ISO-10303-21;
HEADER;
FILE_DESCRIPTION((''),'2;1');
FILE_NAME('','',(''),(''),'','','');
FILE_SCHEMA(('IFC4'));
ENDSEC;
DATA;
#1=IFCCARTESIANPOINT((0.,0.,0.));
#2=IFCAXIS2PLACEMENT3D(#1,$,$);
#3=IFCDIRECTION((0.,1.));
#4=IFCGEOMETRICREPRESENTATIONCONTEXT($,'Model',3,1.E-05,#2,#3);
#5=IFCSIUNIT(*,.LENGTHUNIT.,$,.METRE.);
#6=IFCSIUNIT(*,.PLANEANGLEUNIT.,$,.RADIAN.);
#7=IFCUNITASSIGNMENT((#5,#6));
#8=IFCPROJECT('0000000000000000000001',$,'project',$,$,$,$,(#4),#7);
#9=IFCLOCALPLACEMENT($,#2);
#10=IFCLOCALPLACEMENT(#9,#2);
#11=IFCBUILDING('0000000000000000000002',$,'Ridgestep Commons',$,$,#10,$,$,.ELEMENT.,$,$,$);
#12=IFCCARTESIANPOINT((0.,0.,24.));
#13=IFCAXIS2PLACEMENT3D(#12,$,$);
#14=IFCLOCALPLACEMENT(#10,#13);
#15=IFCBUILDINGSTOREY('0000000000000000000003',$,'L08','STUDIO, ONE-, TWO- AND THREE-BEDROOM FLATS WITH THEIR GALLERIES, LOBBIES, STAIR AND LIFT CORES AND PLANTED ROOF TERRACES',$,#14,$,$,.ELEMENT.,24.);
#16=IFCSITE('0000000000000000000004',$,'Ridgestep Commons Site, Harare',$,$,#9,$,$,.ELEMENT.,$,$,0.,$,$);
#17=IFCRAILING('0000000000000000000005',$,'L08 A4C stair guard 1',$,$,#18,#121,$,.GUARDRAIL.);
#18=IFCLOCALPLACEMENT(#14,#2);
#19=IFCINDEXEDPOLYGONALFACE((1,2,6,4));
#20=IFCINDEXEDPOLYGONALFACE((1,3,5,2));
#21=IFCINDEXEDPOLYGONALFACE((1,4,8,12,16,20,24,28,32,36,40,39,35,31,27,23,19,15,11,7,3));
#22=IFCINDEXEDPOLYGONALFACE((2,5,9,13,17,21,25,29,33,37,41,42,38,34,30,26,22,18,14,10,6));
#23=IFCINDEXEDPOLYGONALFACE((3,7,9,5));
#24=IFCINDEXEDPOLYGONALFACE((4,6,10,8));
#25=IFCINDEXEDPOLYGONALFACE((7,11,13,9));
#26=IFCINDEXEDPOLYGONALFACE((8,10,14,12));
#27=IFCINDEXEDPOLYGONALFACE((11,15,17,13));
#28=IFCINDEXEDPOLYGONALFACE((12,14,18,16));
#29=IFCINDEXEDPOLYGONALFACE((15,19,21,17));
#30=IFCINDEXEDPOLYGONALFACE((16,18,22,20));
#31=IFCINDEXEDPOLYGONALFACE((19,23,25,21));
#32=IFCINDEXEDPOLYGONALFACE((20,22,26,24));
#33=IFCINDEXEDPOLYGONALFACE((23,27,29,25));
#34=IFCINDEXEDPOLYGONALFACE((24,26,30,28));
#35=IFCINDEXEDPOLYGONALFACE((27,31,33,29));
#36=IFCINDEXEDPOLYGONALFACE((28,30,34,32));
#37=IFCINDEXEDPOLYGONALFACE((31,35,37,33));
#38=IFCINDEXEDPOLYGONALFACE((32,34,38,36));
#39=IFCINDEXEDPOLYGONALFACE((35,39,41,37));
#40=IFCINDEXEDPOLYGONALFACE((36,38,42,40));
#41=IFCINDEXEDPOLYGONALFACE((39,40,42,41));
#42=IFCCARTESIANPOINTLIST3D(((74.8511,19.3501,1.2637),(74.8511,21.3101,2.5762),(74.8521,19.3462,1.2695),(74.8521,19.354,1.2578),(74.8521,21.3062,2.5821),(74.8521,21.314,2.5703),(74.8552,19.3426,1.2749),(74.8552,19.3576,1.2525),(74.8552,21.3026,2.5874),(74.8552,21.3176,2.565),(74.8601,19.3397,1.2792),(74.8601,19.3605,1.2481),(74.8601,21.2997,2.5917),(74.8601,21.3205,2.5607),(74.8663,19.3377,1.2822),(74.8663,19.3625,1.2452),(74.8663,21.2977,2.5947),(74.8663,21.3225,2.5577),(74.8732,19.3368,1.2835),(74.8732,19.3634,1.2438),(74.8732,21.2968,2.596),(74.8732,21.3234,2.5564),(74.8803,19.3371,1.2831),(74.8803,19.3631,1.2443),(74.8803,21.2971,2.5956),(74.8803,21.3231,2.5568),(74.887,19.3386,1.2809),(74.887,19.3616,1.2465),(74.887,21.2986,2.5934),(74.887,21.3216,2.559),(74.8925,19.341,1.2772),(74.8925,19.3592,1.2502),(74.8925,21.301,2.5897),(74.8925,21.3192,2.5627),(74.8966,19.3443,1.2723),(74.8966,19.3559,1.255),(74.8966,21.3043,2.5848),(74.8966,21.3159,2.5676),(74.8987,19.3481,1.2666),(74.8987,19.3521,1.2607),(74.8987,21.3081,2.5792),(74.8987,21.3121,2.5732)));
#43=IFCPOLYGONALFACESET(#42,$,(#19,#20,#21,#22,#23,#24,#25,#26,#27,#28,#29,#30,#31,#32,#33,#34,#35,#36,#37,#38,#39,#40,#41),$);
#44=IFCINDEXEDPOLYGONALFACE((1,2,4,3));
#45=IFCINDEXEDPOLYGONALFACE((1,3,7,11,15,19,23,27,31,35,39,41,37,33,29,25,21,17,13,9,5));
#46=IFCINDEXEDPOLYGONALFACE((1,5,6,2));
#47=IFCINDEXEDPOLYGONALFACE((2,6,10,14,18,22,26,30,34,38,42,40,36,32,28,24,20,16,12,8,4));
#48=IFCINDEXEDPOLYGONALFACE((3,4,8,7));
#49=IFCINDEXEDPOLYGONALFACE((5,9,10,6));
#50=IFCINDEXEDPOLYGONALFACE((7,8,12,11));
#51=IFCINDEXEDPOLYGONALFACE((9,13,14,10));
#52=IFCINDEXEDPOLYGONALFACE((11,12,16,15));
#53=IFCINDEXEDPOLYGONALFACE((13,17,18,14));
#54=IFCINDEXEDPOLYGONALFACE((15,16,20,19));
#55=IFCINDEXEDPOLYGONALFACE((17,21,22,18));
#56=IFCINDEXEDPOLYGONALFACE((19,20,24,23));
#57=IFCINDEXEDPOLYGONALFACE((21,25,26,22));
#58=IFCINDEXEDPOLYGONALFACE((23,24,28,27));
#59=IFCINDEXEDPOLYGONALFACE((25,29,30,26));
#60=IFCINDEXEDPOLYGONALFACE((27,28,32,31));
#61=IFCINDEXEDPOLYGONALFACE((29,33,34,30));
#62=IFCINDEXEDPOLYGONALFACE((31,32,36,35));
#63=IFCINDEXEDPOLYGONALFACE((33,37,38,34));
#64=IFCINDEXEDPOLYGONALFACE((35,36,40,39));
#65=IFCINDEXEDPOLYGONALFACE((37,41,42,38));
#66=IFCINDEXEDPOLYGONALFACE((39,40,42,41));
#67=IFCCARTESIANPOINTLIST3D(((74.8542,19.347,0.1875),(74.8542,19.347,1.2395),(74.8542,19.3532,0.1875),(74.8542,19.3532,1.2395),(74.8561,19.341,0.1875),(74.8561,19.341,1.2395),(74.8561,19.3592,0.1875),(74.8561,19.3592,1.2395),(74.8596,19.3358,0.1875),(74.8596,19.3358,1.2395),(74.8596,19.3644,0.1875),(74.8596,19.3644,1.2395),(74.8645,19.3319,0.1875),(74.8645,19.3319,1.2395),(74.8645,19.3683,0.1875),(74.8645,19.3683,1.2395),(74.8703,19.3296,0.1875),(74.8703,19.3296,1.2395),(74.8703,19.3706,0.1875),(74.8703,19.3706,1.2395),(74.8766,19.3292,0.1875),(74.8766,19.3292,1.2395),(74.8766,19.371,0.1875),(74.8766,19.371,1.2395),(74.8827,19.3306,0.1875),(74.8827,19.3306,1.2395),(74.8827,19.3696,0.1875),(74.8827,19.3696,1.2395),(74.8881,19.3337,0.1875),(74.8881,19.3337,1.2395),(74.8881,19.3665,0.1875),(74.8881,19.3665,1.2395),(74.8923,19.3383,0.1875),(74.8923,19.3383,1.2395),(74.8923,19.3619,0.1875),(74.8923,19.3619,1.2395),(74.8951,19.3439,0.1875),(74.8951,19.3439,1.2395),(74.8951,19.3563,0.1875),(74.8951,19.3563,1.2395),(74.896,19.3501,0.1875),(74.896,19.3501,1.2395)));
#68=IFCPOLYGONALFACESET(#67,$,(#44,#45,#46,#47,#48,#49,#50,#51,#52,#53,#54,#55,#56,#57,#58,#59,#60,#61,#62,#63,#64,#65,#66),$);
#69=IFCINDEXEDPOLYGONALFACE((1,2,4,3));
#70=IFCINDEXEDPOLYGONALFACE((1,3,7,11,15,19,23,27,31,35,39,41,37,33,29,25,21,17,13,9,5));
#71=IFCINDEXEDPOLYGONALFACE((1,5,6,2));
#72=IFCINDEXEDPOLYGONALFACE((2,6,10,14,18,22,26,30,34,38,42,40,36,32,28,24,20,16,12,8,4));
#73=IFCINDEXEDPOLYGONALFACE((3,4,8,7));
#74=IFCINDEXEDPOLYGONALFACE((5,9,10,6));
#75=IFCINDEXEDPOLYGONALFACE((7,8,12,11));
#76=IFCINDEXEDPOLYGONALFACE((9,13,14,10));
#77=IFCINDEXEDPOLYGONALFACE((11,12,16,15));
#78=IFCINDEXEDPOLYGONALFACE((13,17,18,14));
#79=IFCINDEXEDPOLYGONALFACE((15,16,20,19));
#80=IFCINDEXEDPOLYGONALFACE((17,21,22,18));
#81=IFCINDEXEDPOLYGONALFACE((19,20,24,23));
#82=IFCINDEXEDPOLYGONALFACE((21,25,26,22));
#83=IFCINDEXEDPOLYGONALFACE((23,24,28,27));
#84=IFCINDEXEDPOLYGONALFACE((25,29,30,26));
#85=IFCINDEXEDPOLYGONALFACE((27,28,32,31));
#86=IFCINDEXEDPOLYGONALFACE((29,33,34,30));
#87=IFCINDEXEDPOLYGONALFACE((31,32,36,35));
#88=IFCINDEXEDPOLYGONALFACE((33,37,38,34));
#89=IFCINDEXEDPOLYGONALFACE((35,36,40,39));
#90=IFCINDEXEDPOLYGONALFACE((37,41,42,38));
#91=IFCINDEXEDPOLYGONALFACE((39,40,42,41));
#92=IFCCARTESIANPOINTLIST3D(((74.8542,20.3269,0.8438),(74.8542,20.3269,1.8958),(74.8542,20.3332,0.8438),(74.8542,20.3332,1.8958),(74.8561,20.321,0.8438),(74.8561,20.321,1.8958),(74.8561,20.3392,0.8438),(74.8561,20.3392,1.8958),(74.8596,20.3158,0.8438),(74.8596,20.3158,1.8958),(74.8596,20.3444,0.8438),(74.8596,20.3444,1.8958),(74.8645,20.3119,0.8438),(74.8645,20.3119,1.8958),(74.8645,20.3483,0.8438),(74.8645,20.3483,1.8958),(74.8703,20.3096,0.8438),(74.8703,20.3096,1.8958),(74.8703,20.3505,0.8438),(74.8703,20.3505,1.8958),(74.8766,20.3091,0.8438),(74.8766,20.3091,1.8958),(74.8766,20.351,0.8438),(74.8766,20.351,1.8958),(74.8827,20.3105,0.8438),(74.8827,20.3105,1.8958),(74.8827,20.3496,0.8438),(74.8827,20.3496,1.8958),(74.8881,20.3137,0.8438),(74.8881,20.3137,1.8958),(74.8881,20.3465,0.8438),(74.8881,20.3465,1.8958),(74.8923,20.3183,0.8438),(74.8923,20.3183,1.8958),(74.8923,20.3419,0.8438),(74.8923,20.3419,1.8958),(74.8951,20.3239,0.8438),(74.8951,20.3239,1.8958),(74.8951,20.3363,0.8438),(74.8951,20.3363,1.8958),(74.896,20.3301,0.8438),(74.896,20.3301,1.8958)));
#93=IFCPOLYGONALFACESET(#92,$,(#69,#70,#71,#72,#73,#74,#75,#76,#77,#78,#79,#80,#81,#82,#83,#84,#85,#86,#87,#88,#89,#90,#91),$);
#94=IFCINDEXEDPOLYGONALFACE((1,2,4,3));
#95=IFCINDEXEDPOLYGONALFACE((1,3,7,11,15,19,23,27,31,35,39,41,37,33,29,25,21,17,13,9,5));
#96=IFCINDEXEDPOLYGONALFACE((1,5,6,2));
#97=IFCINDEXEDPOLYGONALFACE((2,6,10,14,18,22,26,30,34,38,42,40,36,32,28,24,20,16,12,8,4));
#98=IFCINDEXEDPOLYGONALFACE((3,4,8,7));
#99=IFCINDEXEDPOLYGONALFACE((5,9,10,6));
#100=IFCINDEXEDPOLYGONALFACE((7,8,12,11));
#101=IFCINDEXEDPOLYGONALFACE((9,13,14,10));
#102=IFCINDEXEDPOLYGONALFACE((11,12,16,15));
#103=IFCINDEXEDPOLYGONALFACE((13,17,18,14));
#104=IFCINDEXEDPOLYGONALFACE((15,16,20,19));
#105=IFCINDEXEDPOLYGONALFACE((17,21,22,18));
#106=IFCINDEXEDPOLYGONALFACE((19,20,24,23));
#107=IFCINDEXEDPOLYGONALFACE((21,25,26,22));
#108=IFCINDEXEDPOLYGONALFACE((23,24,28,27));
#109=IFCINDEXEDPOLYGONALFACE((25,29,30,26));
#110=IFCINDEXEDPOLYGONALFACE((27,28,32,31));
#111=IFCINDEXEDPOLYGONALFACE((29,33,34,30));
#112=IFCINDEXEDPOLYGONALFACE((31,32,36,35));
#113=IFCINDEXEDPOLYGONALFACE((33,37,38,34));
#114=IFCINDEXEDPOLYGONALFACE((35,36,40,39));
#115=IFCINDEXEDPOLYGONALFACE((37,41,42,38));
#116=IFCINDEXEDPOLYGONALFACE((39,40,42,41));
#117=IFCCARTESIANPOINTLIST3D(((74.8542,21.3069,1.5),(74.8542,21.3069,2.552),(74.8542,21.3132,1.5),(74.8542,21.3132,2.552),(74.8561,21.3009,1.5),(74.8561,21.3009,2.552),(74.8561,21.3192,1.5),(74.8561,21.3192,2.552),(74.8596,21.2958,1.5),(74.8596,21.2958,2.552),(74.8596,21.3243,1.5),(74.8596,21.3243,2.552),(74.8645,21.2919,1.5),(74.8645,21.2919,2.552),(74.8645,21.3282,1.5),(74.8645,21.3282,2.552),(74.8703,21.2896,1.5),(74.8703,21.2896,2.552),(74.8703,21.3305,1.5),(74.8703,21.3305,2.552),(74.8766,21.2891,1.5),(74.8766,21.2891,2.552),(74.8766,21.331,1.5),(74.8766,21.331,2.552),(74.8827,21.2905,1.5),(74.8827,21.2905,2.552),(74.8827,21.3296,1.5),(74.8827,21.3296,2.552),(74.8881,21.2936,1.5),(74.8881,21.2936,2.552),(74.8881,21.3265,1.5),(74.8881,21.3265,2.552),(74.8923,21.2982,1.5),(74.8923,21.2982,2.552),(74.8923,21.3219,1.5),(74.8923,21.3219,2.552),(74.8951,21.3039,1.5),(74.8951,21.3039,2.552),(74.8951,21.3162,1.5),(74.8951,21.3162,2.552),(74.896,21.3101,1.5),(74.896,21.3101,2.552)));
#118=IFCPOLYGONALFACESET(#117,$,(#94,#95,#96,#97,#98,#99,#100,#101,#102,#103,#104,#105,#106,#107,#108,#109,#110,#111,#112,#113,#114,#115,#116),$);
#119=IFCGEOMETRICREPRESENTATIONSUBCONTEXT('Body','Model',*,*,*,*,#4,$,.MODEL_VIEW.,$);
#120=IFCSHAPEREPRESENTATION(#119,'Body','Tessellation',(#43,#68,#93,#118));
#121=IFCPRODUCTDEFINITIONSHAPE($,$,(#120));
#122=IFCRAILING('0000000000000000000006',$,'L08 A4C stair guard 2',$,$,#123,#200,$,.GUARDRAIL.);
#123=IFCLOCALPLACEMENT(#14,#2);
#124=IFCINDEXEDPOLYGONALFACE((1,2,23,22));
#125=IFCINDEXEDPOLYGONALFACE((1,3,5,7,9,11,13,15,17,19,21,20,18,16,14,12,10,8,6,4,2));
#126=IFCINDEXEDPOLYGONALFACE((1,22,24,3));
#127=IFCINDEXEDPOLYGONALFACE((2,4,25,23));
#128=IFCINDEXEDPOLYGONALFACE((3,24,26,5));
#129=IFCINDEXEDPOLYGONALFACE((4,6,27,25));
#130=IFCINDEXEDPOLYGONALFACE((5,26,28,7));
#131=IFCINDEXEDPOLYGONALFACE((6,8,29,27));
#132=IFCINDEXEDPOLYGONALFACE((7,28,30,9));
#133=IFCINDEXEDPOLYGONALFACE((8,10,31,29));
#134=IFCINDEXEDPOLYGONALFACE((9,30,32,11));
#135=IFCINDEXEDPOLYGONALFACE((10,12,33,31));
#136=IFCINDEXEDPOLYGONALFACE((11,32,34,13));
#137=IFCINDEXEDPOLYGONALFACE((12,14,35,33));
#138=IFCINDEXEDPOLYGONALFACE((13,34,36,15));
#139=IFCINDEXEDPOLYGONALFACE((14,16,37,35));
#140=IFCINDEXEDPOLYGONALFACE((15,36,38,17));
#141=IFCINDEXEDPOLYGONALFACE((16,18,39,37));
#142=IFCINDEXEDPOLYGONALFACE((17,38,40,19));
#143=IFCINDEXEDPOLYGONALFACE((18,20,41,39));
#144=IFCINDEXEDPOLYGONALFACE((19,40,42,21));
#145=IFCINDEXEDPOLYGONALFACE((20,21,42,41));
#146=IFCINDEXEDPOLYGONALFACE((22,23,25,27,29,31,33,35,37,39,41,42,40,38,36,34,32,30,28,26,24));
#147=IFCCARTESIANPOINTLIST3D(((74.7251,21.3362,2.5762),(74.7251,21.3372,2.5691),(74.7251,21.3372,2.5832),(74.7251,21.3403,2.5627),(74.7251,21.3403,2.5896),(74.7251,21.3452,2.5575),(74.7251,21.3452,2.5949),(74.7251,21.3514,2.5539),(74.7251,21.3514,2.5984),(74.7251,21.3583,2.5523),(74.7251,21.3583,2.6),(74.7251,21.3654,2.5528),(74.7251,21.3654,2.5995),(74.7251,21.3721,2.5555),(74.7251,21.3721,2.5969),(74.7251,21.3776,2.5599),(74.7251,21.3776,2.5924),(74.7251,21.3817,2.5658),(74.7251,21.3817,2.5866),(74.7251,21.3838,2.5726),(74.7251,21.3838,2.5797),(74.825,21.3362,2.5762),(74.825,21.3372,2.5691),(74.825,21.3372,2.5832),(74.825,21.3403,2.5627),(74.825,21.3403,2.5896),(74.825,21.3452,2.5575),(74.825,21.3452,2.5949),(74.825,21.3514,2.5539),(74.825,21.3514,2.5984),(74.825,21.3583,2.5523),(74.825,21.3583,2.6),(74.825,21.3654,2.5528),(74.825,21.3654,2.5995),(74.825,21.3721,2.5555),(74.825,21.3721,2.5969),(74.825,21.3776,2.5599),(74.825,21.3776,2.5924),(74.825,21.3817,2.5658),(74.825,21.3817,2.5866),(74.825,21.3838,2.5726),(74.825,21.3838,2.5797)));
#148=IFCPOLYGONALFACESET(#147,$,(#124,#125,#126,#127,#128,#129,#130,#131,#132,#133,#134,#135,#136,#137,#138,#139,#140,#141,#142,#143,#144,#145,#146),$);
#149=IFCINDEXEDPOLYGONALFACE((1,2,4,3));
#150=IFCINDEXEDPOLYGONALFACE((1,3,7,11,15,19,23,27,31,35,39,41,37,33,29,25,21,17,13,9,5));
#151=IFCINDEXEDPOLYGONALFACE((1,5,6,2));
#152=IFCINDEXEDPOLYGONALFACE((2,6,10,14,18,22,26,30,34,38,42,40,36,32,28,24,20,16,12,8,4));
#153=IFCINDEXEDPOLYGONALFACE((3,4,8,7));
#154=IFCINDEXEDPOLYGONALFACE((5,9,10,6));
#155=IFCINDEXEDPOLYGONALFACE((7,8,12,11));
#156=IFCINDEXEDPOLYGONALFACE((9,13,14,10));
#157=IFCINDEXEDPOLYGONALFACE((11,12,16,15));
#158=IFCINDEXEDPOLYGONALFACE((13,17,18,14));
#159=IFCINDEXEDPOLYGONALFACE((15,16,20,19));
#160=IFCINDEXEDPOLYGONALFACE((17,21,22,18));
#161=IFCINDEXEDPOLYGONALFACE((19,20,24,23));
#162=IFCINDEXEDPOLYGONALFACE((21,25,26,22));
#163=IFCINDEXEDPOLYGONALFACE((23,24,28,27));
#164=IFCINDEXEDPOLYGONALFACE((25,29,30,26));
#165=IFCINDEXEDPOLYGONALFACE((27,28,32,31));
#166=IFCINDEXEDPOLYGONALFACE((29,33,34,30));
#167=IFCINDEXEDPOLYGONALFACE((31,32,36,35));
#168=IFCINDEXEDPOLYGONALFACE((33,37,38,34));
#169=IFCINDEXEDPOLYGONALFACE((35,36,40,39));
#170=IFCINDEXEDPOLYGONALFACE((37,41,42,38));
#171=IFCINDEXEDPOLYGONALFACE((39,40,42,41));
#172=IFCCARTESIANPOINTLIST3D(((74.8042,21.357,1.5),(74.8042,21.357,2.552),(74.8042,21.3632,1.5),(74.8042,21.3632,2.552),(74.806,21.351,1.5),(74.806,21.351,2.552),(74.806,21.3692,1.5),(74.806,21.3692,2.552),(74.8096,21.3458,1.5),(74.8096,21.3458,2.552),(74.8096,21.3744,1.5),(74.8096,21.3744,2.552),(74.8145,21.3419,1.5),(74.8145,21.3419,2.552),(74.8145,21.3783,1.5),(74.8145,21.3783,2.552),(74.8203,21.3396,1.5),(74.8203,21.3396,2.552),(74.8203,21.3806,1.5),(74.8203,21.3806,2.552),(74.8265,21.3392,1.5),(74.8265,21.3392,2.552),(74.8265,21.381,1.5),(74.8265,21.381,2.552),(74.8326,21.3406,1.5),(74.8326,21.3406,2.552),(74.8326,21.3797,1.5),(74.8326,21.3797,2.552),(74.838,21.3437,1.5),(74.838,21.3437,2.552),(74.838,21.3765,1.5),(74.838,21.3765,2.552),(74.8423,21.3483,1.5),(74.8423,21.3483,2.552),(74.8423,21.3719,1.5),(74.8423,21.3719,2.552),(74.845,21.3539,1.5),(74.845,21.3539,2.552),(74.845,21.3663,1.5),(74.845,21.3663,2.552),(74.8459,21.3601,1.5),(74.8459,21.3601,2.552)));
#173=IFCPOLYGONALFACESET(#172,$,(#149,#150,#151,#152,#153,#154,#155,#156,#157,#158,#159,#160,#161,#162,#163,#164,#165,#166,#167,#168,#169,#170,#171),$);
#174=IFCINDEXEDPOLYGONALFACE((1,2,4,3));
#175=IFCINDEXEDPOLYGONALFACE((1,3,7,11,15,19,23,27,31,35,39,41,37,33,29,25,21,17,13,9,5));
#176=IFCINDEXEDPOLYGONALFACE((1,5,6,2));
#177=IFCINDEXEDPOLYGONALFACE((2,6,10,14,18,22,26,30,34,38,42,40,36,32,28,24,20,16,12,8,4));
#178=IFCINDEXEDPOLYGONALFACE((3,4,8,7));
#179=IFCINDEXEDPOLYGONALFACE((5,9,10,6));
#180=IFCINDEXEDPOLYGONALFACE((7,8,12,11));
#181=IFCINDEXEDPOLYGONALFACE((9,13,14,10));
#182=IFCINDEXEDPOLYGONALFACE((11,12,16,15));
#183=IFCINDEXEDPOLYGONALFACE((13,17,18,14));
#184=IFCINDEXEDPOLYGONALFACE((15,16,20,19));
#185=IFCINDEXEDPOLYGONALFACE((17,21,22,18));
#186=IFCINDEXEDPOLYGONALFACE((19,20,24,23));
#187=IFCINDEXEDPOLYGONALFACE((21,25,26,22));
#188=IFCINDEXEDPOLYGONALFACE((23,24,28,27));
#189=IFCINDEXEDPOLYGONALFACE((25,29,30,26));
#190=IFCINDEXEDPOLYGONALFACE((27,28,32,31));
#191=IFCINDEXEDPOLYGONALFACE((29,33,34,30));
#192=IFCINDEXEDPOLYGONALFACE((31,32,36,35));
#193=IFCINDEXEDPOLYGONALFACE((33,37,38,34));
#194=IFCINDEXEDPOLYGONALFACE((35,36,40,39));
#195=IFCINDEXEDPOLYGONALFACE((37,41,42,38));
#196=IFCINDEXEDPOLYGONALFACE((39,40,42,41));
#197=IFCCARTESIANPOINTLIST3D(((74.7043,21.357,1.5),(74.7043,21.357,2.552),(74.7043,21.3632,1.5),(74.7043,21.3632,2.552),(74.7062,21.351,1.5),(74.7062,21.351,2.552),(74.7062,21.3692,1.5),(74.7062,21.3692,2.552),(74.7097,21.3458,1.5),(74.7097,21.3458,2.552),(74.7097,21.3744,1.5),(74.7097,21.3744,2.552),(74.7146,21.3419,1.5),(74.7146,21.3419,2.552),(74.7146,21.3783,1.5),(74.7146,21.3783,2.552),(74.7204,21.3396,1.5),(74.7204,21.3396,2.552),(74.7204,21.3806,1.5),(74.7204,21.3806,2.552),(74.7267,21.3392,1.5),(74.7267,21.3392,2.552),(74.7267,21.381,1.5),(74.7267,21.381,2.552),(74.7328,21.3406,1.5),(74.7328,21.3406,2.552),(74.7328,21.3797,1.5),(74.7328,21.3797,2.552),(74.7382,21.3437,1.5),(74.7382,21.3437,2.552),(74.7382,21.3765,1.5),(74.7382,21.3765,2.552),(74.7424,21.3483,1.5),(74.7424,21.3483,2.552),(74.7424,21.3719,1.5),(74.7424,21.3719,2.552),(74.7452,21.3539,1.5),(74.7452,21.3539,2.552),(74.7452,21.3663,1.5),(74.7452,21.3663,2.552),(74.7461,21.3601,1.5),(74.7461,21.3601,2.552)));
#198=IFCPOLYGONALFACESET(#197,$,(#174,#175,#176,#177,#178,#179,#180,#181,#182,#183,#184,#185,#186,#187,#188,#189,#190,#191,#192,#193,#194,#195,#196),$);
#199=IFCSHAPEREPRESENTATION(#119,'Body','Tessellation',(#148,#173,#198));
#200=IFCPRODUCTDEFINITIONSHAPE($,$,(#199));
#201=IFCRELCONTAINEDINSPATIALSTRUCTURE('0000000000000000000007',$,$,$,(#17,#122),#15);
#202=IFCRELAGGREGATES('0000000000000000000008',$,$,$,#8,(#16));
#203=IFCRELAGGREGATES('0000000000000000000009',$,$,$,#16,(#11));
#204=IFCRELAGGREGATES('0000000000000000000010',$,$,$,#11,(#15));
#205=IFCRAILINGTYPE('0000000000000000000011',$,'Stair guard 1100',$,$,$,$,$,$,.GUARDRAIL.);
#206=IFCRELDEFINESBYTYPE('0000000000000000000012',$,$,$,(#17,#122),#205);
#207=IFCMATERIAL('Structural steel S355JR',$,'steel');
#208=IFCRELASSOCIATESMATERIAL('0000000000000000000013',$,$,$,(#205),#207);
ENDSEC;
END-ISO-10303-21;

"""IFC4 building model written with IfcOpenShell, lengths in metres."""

from ifc_helpers import new_model, si_unit, direction, frame, origin, origin_2d, place, context, subcontext, project, spatial, circle, extrude, material, type_object, element, save


model = new_model("IFC4")

# Units and contexts
model_context = context("Model", 3, precision=1e-05, world=origin(), true_north=direction((0.0, 1.0)))
body_context = subcontext(model_context, "Body", "Model", "MODEL_VIEW")
ifc_project = project(units=[si_unit("LENGTHUNIT", "METRE"), si_unit("PLANEANGLEUNIT", "RADIAN")], contexts=[model_context])

# Site, building, storey
site_placement = place(None, origin())
site = spatial("IfcSite", under=ifc_project, at=site_placement, Name="Ridgestep Commons Site, Harare", CompositionType="ELEMENT", RefElevation=0.0)
building_placement = place(site_placement, origin())
building = spatial("IfcBuilding", under=site, at=building_placement, Name="Ridgestep Commons", CompositionType="ELEMENT")
storey_placement = place(building_placement, frame((0.0, 0.0, 24.0)))
storey = spatial("IfcBuildingStorey", under=building, at=storey_placement, Name="L08", Description="STUDIO, ONE-, TWO- AND THREE-BEDROOM FLATS WITH THEIR GALLERIES, LOBBIES, STAIR AND LIFT CORES AND PLANTED ROOF TERRACES", CompositionType="ELEMENT", Elevation=24.0)

# Railings
ifc_material_1 = material(Name="Structural steel S355JR", Category="steel")
railing_type_1 = type_object("IfcRailingType", Name="Stair guard 1100", PredefinedType="GUARDRAIL", material=ifc_material_1)
railing_1_placement = place(storey_placement, frame((74.875, 19.3501, 0.1875)))
element("IfcRailing", 1, at=railing_1_placement, inside=storey, type_object=railing_type_1, Name="L08 A4C stair guard 1", PredefinedType="GUARDRAIL", context=body_context, shape_type="SweptSolid", body=[
    extrude(circle(Radius=0.0239, at=origin_2d()), frame((0.0, 0.0, 1.0762), z_axis=(0.0, 0.830902, 0.556419), x_axis=(-1.0, 0.0, 0.0)), (0.0, 0.0, 1.0), 2.3589),
    extrude(circle(Radius=0.021, at=origin_2d()), origin(), (0.0, 0.0, 1.0), 1.052),
    extrude(circle(Radius=0.021, at=origin_2d()), frame((0.0, 0.98, 0.6562)), (0.0, 0.0, 1.0), 1.052),
    extrude(circle(Radius=0.021, at=origin_2d()), frame((0.0, 1.96, 1.3125)), (0.0, 0.0, 1.0), 1.052),
])
railing_2_placement = place(storey_placement, frame((74.825, 21.3601, 1.5)))
element("IfcRailing", 2, at=railing_2_placement, inside=storey, type_object=railing_type_1, Name="L08 A4C stair guard 2", PredefinedType="GUARDRAIL", context=body_context, shape_type="SweptSolid", body=[
    extrude(circle(Radius=0.0239, at=origin_2d()), frame((0.0, 0.0, 1.0762), z_axis=(-1.0, 0.0, 0.0), x_axis=(0.0, -1.0, 0.0)), (0.0, 0.0, 1.0), 0.0999),
    extrude(circle(Radius=0.021, at=origin_2d()), origin(), (0.0, 0.0, 1.0), 1.052),
    extrude(circle(Radius=0.021, at=origin_2d()), frame((-0.0999, 0.0, 0.0)), (0.0, 0.0, 1.0), 1.052),
])

save(model, "model.ifc")
